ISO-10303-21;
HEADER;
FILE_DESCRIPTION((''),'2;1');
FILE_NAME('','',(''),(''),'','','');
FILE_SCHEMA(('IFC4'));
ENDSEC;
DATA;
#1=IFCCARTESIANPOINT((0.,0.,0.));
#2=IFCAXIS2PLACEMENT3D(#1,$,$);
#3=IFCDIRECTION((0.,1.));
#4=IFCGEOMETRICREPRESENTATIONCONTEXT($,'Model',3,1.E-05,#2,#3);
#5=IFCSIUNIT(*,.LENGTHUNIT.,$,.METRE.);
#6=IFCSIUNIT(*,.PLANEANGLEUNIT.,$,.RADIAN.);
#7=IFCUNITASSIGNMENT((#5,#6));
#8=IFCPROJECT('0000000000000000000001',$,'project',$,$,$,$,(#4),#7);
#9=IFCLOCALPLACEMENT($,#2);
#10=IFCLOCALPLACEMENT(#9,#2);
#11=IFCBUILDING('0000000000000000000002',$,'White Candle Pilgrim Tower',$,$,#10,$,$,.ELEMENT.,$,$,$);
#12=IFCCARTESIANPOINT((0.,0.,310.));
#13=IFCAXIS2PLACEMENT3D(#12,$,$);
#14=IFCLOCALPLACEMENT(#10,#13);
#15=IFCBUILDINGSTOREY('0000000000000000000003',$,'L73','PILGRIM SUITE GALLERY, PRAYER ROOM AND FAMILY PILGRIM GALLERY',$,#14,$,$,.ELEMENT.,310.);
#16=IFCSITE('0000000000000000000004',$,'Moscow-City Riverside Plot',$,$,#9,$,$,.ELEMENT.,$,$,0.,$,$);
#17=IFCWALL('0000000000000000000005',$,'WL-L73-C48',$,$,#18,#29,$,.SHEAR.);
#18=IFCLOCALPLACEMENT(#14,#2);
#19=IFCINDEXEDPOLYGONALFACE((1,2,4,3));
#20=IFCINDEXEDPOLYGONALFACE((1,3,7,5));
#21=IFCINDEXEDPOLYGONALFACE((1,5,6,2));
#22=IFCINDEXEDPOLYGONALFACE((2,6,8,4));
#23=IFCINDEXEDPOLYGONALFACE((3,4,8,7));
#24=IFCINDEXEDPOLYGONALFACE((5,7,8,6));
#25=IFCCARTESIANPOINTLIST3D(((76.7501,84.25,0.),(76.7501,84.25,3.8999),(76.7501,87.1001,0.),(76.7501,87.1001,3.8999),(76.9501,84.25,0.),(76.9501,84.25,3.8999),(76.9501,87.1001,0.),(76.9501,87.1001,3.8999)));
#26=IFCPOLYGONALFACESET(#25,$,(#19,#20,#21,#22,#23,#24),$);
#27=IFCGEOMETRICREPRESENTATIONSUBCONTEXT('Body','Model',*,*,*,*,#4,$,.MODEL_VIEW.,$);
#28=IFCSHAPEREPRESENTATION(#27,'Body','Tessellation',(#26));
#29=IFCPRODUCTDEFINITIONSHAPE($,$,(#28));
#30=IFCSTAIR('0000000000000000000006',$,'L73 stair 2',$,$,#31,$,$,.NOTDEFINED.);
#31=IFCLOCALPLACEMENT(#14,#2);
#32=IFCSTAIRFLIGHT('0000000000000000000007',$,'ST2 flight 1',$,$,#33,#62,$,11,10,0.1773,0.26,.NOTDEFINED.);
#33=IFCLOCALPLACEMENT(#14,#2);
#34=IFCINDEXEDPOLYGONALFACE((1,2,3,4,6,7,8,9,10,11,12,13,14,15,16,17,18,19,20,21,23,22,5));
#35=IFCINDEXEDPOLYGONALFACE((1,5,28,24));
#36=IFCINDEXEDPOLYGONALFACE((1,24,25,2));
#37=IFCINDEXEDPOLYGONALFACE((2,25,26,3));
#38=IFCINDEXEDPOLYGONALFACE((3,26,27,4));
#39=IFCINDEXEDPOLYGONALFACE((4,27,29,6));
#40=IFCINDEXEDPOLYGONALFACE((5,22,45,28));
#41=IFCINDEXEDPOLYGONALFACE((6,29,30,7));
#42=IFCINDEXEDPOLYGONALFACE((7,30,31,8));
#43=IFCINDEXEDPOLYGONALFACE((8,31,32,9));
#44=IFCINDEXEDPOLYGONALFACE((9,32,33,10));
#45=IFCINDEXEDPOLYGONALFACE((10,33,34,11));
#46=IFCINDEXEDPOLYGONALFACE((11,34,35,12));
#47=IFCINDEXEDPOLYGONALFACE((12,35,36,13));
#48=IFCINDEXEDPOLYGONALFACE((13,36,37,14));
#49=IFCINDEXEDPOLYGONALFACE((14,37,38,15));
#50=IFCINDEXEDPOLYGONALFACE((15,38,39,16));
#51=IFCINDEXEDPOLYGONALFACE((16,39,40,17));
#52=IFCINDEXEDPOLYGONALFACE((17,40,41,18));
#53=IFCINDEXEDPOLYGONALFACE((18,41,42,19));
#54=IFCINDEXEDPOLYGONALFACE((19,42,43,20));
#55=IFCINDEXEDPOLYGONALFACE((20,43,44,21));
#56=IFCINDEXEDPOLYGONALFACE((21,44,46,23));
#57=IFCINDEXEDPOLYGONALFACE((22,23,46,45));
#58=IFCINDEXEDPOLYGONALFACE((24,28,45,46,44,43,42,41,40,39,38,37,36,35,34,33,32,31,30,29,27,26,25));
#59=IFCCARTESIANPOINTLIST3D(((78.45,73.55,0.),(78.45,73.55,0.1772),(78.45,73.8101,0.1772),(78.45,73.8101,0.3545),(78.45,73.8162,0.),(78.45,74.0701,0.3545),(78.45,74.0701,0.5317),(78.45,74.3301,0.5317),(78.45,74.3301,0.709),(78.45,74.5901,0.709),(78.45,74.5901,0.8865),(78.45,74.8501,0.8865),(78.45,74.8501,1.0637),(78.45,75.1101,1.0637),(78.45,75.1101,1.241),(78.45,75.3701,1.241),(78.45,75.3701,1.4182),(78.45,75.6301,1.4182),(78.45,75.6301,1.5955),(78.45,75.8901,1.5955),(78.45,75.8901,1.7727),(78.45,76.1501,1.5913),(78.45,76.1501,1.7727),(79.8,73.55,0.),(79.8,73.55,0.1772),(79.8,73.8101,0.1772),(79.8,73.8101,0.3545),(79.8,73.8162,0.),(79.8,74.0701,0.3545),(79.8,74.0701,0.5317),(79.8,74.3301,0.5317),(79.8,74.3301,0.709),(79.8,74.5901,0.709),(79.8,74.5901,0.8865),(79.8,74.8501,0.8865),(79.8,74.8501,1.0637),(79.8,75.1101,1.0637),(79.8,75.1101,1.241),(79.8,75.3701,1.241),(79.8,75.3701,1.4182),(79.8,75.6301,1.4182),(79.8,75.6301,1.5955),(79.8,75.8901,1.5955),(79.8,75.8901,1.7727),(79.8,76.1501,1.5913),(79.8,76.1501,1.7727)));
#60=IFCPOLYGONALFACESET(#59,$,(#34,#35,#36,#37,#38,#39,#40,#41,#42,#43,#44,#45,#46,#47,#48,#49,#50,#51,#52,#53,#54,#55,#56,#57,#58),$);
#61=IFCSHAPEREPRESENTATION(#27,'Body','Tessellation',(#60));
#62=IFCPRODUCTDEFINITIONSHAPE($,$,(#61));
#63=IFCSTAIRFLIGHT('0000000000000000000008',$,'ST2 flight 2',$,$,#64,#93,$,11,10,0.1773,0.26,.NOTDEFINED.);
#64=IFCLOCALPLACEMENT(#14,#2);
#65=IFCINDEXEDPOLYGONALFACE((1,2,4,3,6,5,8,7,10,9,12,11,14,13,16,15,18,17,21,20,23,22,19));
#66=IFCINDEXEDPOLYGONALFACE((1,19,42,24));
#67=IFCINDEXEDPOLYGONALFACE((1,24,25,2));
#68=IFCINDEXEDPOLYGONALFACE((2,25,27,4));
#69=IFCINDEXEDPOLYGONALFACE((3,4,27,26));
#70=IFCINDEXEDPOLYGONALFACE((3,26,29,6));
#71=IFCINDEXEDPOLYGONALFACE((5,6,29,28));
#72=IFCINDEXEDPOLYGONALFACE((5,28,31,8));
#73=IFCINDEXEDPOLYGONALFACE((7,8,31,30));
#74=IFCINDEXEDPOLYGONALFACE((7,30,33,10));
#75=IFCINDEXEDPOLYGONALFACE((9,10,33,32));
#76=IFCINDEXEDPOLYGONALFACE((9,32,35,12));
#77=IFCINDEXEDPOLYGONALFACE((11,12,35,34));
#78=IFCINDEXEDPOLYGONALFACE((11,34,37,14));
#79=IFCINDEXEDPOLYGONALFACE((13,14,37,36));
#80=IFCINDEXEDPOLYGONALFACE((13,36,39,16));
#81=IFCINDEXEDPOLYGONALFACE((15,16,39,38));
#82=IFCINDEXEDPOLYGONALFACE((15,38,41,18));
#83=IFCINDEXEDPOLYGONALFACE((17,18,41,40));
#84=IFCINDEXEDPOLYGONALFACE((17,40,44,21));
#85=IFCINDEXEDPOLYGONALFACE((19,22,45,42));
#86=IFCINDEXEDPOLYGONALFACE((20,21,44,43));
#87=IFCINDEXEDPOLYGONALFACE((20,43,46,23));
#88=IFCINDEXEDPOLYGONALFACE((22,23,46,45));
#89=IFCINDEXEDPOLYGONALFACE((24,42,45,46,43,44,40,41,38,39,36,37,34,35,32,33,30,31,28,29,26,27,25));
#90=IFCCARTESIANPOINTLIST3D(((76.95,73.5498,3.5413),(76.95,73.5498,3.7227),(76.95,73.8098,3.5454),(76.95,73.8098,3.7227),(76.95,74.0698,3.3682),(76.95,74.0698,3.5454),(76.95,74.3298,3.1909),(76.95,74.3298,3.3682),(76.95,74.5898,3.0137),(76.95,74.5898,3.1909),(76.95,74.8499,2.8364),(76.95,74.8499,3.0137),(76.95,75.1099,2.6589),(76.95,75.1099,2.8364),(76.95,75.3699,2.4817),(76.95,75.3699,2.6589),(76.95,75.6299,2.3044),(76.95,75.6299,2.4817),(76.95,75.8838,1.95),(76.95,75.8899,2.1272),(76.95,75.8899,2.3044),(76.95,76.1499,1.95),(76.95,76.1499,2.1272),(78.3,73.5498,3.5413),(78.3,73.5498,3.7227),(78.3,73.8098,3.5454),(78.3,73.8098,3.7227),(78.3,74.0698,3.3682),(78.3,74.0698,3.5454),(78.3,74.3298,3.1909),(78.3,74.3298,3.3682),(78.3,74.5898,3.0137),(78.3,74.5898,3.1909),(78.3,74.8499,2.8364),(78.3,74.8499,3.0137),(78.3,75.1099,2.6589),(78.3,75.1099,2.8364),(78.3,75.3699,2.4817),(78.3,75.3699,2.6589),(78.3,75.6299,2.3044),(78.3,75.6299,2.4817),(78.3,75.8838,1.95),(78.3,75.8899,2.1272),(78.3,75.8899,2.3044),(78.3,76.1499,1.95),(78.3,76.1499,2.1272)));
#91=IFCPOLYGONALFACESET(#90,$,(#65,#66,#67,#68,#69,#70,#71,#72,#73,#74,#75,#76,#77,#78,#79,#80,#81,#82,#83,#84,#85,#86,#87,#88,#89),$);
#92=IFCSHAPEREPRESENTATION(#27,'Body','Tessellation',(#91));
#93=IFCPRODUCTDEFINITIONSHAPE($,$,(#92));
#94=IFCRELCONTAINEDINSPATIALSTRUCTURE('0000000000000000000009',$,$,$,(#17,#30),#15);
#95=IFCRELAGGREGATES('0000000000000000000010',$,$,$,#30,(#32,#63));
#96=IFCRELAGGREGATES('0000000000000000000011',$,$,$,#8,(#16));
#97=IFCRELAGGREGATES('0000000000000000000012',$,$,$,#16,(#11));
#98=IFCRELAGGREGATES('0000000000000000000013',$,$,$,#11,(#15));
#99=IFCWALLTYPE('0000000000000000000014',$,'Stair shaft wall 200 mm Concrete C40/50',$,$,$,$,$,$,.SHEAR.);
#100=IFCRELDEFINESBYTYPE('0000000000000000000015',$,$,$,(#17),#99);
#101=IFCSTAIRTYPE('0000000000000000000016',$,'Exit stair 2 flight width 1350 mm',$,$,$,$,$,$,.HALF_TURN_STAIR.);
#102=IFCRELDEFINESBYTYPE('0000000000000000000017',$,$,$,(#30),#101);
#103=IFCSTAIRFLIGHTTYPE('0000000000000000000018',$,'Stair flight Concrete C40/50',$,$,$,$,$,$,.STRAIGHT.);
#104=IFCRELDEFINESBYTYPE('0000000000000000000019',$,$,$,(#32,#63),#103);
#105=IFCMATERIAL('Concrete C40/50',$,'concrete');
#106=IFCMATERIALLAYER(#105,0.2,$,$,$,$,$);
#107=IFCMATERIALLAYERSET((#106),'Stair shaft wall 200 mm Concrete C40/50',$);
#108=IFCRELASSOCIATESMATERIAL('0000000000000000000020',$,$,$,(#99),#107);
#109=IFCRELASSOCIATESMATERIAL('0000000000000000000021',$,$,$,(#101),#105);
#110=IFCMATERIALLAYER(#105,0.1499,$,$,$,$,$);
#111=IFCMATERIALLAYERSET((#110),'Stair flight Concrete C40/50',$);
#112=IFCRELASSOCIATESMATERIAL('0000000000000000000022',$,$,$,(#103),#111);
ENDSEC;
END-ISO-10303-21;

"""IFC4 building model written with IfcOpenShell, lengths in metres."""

from ifc_helpers import new_model, si_unit, direction, frame, frame_2d, origin, place, context, subcontext, project, spatial, polyline, rectangle, outline, extrude, material, layer, layer_set, type_object, element, aggregate, save


model = new_model("IFC4")

# Units and contexts
model_context = context("Model", 3, precision=1e-05, world=origin(), true_north=direction((0.0, 1.0)))
body_context = subcontext(model_context, "Body", "Model", "MODEL_VIEW")
ifc_project = project(units=[si_unit("LENGTHUNIT", "METRE"), si_unit("PLANEANGLEUNIT", "RADIAN")], contexts=[model_context])

# Site, building, storey
site_placement = place(None, origin())
site = spatial("IfcSite", under=ifc_project, at=site_placement, Name="Moscow-City Riverside Plot", CompositionType="ELEMENT", RefElevation=0.0)
building_placement = place(site_placement, origin())
building = spatial("IfcBuilding", under=site, at=building_placement, Name="White Candle Pilgrim Tower", CompositionType="ELEMENT")
storey_placement = place(building_placement, frame((0.0, 0.0, 310.0)))
storey = spatial("IfcBuildingStorey", under=building, at=storey_placement, Name="L73", Description="PILGRIM SUITE GALLERY, PRAYER ROOM AND FAMILY PILGRIM GALLERY", CompositionType="ELEMENT", Elevation=310.0)

# Shared definitions
ifc_material_1 = material(Name="Concrete C40/50", Category="concrete")

# Wall
ifc_layer_1 = layer(ifc_material_1, 0.2)
ifc_layer_set_1 = layer_set([ifc_layer_1], Name="Stair shaft wall 200 mm Concrete C40/50")
wall_type_1 = type_object("IfcWallType", Name="Stair shaft wall 200 mm Concrete C40/50", PredefinedType="SHEAR", material=ifc_layer_set_1)
wall_1_placement = place(storey_placement, frame((76.8501, 84.25, 0.0), z_axis=(0.0, 0.0, 1.0), x_axis=(0.0, 1.0, 0.0)))
element("IfcWall", 1, at=wall_1_placement, inside=storey, type_object=wall_type_1, Name="WL-L73-C48", PredefinedType="SHEAR", context=body_context, shape_type="SweptSolid", body=[
    extrude(rectangle(XDim=2.8501, YDim=0.2, at=frame_2d((1.425, 0.0))), origin(), (0.0, 0.0, 1.0), 3.8999),
])

# Stair, stair flights
stair_type = type_object("IfcStairType", Name="Exit stair 2 flight width 1350 mm", PredefinedType="HALF_TURN_STAIR", material=ifc_material_1)
stair_placement = place(storey_placement, origin())
stair = element("IfcStair", 2, at=stair_placement, inside=storey, type_object=stair_type, Name="L73 stair 2", PredefinedType="NOTDEFINED")
ifc_layer_2 = layer(ifc_material_1, 0.1499)
ifc_layer_set_2 = layer_set([ifc_layer_2], Name="Stair flight Concrete C40/50")
stair_flight_type = type_object("IfcStairFlightType", Name="Stair flight Concrete C40/50", PredefinedType="STRAIGHT", material=ifc_layer_set_2)
stair_flight_1_placement = place(storey_placement, frame((79.125, 73.55, 0.0), z_axis=(0.0, 0.0, 1.0), x_axis=(0.0, 1.0, 0.0)))
stair_flight_1 = element("IfcStairFlight", 3, at=stair_flight_1_placement, type_object=stair_flight_type, Name="ST2 flight 1", NumberOfRisers=11, NumberOfTreads=10, PredefinedType="NOTDEFINED", RiserHeight=0.1773, TreadLength=0.26, context=body_context, shape_type="SweptSolid", body=[
    extrude(outline(polyline([(0.0, 0.0), (0.0, 0.1772), (0.26, 0.1772), (0.26, 0.3545), (0.52, 0.3545), (0.52, 0.5317), (0.78, 0.5317), (0.78, 0.709), (1.04, 0.709), (1.04, 0.8865), (1.3, 0.8865), (1.3, 1.0637), (1.5601, 1.0637), (1.5601, 1.241), (1.8201, 1.241), (1.8201, 1.4182), (2.0801, 1.4182), (2.0801, 1.5955), (2.3401, 1.5955), (2.3401, 1.7727), (2.6001, 1.7727), (2.6001, 1.95), (2.6001, 1.5913), (0.2661, 0.0), (0.0, 0.0)])), frame((0.0, 0.675, 0.0), z_axis=(0.0, -1.0, 0.0), x_axis=(1.0, 0.0, 0.0)), (0.0, 0.0, 1.0), 1.3501),
])
stair_flight_2_placement = place(storey_placement, frame((77.625, 76.1499, 1.95), z_axis=(0.0, 0.0, 1.0), x_axis=(0.0, -1.0, 0.0)))
stair_flight_2 = element("IfcStairFlight", 4, at=stair_flight_2_placement, type_object=stair_flight_type, Name="ST2 flight 2", NumberOfRisers=11, NumberOfTreads=10, PredefinedType="NOTDEFINED", RiserHeight=0.1773, TreadLength=0.26, context=body_context, shape_type="SweptSolid", body=[
    extrude(outline(polyline([(0.0, 0.0), (0.0, 0.1772), (0.26, 0.1772), (0.26, 0.3545), (0.52, 0.3545), (0.52, 0.5317), (0.78, 0.5317), (0.78, 0.709), (1.04, 0.709), (1.04, 0.8865), (1.3, 0.8865), (1.3, 1.0637), (1.5601, 1.0637), (1.5601, 1.241), (1.8201, 1.241), (1.8201, 1.4182), (2.0801, 1.4182), (2.0801, 1.5955), (2.3401, 1.5955), (2.3401, 1.7727), (2.6001, 1.7727), (2.6001, 1.95), (2.6001, 1.5913), (0.2661, 0.0), (0.0, 0.0)])), frame((0.0, 0.675, 0.0), z_axis=(0.0, -1.0, 0.0), x_axis=(1.0, 0.0, 0.0)), (0.0, 0.0, 1.0), 1.3501),
])
aggregate(stair, [stair_flight_1, stair_flight_2])

save(model, "model.ifc")
